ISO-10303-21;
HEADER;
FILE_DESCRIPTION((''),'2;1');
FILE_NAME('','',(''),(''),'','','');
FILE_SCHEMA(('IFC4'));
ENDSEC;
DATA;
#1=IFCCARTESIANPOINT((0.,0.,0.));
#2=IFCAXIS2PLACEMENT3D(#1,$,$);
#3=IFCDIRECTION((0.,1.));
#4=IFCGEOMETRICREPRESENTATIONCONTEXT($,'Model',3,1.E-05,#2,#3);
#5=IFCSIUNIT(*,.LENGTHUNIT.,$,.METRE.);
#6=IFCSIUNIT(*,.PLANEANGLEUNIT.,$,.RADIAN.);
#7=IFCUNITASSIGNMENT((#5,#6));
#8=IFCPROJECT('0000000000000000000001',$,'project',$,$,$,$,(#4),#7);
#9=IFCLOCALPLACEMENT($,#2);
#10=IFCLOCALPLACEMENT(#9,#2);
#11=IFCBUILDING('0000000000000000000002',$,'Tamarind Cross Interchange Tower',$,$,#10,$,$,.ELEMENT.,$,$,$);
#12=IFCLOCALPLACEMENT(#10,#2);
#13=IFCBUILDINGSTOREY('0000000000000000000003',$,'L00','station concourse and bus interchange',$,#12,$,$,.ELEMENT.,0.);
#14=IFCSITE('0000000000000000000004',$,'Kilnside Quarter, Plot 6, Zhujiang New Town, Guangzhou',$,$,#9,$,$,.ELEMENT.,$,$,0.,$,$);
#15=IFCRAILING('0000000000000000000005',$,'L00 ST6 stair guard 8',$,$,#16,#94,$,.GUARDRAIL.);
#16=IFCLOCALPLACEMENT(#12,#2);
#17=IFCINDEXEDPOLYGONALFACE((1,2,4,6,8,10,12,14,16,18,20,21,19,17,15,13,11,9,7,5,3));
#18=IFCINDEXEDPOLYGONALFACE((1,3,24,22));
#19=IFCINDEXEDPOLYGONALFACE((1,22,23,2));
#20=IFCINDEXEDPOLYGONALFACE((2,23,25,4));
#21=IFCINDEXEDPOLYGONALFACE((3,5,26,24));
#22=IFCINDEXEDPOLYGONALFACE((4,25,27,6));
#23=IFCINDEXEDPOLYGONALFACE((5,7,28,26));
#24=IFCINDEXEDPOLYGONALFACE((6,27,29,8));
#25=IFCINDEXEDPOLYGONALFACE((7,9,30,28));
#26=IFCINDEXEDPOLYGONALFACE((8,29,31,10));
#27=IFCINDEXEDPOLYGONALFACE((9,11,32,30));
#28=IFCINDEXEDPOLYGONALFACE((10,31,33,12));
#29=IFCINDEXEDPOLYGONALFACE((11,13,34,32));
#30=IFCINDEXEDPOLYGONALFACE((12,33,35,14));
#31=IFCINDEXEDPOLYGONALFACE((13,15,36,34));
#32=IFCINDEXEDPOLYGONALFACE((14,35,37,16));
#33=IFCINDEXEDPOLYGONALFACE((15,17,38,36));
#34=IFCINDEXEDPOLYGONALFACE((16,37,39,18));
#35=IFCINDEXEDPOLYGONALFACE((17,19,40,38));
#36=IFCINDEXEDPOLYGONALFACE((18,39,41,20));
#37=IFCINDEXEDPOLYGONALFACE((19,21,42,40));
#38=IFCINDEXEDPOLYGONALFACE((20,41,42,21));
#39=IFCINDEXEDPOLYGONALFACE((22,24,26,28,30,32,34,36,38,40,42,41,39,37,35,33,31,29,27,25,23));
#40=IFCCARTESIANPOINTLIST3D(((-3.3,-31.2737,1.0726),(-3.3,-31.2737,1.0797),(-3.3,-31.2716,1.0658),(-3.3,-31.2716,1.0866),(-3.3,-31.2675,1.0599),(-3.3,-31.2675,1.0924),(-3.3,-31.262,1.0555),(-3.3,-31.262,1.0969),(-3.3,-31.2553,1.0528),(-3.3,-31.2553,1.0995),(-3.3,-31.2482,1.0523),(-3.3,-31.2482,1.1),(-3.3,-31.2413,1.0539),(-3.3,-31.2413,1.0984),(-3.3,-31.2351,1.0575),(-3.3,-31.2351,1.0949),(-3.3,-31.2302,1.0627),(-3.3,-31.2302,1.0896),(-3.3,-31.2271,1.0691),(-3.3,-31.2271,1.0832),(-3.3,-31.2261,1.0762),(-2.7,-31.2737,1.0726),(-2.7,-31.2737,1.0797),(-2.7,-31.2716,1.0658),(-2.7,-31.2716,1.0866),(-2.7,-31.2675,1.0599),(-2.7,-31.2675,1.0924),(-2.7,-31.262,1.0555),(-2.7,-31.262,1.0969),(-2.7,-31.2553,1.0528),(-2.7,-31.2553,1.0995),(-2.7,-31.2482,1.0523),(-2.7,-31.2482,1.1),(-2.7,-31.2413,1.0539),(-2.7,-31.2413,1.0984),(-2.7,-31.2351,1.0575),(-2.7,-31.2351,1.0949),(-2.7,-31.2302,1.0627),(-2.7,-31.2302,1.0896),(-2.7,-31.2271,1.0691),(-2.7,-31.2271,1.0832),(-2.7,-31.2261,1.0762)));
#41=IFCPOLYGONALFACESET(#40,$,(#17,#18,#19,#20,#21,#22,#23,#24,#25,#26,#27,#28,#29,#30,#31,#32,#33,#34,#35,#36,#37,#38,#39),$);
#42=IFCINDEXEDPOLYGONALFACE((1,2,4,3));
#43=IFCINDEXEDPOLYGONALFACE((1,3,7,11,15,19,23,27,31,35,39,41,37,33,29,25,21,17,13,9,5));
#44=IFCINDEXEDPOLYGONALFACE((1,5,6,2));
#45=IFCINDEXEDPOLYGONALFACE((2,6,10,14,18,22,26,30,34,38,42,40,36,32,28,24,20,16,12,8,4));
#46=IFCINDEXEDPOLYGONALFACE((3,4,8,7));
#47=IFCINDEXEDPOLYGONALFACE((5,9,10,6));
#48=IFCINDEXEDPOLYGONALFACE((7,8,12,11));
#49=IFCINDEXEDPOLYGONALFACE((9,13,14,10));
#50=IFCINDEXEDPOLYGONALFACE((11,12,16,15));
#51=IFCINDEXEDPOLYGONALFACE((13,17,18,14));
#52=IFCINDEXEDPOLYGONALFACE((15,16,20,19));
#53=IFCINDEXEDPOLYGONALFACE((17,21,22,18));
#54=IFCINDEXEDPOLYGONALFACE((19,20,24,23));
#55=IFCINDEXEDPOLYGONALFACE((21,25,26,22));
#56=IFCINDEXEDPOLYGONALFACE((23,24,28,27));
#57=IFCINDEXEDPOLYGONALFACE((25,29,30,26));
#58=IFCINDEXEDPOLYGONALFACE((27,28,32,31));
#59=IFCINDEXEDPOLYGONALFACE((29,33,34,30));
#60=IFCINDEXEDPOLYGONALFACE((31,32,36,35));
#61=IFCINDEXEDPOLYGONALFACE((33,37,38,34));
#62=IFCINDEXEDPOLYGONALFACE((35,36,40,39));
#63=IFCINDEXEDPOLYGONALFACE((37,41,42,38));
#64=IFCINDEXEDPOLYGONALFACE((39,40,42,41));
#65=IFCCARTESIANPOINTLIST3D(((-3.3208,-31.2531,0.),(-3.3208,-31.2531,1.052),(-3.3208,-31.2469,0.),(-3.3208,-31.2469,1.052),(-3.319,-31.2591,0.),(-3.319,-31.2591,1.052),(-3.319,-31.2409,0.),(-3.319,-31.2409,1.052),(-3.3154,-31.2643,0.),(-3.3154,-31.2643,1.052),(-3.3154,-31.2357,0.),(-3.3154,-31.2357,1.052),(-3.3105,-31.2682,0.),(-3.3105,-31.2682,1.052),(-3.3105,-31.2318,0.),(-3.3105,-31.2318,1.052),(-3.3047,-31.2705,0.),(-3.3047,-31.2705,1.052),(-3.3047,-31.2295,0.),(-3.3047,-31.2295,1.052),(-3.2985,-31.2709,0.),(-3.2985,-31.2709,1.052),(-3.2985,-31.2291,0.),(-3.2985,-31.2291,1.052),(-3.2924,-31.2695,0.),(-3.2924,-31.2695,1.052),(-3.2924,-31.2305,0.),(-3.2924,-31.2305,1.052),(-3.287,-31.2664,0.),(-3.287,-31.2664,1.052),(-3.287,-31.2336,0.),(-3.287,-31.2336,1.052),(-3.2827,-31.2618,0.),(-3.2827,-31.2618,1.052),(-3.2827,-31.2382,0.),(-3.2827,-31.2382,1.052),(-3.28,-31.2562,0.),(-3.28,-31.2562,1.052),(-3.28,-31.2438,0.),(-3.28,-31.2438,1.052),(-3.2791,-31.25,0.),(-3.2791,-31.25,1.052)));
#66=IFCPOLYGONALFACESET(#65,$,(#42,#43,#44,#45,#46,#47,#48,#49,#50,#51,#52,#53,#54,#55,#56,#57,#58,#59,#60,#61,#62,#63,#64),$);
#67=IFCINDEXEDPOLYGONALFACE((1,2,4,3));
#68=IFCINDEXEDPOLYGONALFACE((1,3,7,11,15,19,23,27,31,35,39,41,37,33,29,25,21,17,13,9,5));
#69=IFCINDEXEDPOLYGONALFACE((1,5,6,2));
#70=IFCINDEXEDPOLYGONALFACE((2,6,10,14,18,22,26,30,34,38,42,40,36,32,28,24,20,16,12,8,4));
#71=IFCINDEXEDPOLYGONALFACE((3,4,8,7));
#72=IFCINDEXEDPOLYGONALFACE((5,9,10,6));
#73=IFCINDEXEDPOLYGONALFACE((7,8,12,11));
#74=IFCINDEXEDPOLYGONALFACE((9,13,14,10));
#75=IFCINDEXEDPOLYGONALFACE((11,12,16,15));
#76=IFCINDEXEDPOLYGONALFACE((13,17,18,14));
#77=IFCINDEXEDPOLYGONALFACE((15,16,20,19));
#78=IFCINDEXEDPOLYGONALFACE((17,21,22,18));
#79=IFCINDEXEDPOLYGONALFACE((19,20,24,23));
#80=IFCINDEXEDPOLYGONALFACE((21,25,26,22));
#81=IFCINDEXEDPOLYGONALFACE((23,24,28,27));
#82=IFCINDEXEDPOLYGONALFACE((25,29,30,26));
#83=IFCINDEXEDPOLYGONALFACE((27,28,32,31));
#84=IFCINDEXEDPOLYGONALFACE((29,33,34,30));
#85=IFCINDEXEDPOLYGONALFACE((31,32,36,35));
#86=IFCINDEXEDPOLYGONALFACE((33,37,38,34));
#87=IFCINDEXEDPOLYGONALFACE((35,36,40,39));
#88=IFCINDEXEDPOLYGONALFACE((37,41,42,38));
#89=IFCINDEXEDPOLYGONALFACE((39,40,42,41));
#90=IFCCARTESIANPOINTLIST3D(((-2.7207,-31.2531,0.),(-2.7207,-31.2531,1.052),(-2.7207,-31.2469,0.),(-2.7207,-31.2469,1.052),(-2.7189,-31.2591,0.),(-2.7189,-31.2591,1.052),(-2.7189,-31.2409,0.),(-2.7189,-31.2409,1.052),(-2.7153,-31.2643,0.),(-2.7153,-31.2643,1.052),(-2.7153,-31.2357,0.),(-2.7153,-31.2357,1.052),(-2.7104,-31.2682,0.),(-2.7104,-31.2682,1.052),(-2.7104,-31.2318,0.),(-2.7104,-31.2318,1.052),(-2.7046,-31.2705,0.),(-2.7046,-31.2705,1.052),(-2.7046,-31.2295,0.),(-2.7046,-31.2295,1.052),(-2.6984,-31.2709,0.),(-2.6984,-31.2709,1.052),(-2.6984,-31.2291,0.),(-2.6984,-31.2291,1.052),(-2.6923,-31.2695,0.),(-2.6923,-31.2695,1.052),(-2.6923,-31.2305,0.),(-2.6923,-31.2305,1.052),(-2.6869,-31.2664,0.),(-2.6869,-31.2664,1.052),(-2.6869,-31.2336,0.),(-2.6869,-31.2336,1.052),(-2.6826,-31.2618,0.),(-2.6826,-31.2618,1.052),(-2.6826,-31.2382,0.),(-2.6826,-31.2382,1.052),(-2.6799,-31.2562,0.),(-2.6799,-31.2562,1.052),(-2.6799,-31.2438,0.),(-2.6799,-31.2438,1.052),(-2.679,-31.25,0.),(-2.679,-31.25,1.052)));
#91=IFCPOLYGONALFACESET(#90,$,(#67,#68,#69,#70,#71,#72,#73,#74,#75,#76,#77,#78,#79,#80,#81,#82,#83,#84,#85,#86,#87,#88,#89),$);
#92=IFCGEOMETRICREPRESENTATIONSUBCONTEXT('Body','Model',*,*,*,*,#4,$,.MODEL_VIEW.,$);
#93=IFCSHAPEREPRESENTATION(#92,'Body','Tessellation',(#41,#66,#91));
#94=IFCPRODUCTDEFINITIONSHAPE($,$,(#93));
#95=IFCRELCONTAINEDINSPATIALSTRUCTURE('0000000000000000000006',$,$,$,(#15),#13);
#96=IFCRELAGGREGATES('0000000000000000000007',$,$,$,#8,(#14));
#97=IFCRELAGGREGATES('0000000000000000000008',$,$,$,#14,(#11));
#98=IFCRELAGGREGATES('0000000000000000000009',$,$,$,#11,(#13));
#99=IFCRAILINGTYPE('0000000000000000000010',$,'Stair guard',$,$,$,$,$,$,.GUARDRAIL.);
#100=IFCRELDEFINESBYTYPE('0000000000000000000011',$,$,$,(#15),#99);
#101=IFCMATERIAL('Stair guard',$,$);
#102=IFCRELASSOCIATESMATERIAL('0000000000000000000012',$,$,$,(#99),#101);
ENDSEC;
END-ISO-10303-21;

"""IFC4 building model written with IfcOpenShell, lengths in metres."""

from ifc_helpers import new_model, si_unit, direction, frame, origin, origin_2d, place, context, subcontext, project, spatial, circle, extrude, material, type_object, element, save


model = new_model("IFC4")

# Units and contexts
model_context = context("Model", 3, precision=1e-05, world=origin(), true_north=direction((0.0, 1.0)))
body_context = subcontext(model_context, "Body", "Model", "MODEL_VIEW")
ifc_project = project(units=[si_unit("LENGTHUNIT", "METRE"), si_unit("PLANEANGLEUNIT", "RADIAN")], contexts=[model_context])

# Site, building, storey
site_placement = place(None, origin())
site = spatial("IfcSite", under=ifc_project, at=site_placement, Name="Kilnside Quarter, Plot 6, Zhujiang New Town, Guangzhou", CompositionType="ELEMENT", RefElevation=0.0)
building_placement = place(site_placement, origin())
building = spatial("IfcBuilding", under=site, at=building_placement, Name="Tamarind Cross Interchange Tower", CompositionType="ELEMENT")
storey_placement = place(building_placement, origin())
storey = spatial("IfcBuildingStorey", under=building, at=storey_placement, Name="L00", Description="station concourse and bus interchange", CompositionType="ELEMENT", Elevation=0.0)

# Railing
ifc_material_1 = material(Name="Stair guard")
railing_type_1 = type_object("IfcRailingType", Name="Stair guard", PredefinedType="GUARDRAIL", material=ifc_material_1)
railing_1_placement = place(storey_placement, frame((-3.3, -31.25, 0.0)))
element("IfcRailing", 1, at=railing_1_placement, inside=storey, type_object=railing_type_1, Name="L00 ST6 stair guard 8", PredefinedType="GUARDRAIL", context=body_context, shape_type="SweptSolid", body=[
    extrude(circle(Radius=0.0239, at=origin_2d()), frame((0.0, 0.0, 1.0762), z_axis=(1.0, 0.0, 0.0), x_axis=(0.0, 1.0, 0.0)), (0.0, 0.0, 1.0), 0.6001),
    extrude(circle(Radius=0.021, at=origin_2d()), origin(), (0.0, 0.0, 1.0), 1.052),
    extrude(circle(Radius=0.021, at=origin_2d()), frame((0.6001, 0.0, 0.0)), (0.0, 0.0, 1.0), 1.052),
])

save(model, "model.ifc")
